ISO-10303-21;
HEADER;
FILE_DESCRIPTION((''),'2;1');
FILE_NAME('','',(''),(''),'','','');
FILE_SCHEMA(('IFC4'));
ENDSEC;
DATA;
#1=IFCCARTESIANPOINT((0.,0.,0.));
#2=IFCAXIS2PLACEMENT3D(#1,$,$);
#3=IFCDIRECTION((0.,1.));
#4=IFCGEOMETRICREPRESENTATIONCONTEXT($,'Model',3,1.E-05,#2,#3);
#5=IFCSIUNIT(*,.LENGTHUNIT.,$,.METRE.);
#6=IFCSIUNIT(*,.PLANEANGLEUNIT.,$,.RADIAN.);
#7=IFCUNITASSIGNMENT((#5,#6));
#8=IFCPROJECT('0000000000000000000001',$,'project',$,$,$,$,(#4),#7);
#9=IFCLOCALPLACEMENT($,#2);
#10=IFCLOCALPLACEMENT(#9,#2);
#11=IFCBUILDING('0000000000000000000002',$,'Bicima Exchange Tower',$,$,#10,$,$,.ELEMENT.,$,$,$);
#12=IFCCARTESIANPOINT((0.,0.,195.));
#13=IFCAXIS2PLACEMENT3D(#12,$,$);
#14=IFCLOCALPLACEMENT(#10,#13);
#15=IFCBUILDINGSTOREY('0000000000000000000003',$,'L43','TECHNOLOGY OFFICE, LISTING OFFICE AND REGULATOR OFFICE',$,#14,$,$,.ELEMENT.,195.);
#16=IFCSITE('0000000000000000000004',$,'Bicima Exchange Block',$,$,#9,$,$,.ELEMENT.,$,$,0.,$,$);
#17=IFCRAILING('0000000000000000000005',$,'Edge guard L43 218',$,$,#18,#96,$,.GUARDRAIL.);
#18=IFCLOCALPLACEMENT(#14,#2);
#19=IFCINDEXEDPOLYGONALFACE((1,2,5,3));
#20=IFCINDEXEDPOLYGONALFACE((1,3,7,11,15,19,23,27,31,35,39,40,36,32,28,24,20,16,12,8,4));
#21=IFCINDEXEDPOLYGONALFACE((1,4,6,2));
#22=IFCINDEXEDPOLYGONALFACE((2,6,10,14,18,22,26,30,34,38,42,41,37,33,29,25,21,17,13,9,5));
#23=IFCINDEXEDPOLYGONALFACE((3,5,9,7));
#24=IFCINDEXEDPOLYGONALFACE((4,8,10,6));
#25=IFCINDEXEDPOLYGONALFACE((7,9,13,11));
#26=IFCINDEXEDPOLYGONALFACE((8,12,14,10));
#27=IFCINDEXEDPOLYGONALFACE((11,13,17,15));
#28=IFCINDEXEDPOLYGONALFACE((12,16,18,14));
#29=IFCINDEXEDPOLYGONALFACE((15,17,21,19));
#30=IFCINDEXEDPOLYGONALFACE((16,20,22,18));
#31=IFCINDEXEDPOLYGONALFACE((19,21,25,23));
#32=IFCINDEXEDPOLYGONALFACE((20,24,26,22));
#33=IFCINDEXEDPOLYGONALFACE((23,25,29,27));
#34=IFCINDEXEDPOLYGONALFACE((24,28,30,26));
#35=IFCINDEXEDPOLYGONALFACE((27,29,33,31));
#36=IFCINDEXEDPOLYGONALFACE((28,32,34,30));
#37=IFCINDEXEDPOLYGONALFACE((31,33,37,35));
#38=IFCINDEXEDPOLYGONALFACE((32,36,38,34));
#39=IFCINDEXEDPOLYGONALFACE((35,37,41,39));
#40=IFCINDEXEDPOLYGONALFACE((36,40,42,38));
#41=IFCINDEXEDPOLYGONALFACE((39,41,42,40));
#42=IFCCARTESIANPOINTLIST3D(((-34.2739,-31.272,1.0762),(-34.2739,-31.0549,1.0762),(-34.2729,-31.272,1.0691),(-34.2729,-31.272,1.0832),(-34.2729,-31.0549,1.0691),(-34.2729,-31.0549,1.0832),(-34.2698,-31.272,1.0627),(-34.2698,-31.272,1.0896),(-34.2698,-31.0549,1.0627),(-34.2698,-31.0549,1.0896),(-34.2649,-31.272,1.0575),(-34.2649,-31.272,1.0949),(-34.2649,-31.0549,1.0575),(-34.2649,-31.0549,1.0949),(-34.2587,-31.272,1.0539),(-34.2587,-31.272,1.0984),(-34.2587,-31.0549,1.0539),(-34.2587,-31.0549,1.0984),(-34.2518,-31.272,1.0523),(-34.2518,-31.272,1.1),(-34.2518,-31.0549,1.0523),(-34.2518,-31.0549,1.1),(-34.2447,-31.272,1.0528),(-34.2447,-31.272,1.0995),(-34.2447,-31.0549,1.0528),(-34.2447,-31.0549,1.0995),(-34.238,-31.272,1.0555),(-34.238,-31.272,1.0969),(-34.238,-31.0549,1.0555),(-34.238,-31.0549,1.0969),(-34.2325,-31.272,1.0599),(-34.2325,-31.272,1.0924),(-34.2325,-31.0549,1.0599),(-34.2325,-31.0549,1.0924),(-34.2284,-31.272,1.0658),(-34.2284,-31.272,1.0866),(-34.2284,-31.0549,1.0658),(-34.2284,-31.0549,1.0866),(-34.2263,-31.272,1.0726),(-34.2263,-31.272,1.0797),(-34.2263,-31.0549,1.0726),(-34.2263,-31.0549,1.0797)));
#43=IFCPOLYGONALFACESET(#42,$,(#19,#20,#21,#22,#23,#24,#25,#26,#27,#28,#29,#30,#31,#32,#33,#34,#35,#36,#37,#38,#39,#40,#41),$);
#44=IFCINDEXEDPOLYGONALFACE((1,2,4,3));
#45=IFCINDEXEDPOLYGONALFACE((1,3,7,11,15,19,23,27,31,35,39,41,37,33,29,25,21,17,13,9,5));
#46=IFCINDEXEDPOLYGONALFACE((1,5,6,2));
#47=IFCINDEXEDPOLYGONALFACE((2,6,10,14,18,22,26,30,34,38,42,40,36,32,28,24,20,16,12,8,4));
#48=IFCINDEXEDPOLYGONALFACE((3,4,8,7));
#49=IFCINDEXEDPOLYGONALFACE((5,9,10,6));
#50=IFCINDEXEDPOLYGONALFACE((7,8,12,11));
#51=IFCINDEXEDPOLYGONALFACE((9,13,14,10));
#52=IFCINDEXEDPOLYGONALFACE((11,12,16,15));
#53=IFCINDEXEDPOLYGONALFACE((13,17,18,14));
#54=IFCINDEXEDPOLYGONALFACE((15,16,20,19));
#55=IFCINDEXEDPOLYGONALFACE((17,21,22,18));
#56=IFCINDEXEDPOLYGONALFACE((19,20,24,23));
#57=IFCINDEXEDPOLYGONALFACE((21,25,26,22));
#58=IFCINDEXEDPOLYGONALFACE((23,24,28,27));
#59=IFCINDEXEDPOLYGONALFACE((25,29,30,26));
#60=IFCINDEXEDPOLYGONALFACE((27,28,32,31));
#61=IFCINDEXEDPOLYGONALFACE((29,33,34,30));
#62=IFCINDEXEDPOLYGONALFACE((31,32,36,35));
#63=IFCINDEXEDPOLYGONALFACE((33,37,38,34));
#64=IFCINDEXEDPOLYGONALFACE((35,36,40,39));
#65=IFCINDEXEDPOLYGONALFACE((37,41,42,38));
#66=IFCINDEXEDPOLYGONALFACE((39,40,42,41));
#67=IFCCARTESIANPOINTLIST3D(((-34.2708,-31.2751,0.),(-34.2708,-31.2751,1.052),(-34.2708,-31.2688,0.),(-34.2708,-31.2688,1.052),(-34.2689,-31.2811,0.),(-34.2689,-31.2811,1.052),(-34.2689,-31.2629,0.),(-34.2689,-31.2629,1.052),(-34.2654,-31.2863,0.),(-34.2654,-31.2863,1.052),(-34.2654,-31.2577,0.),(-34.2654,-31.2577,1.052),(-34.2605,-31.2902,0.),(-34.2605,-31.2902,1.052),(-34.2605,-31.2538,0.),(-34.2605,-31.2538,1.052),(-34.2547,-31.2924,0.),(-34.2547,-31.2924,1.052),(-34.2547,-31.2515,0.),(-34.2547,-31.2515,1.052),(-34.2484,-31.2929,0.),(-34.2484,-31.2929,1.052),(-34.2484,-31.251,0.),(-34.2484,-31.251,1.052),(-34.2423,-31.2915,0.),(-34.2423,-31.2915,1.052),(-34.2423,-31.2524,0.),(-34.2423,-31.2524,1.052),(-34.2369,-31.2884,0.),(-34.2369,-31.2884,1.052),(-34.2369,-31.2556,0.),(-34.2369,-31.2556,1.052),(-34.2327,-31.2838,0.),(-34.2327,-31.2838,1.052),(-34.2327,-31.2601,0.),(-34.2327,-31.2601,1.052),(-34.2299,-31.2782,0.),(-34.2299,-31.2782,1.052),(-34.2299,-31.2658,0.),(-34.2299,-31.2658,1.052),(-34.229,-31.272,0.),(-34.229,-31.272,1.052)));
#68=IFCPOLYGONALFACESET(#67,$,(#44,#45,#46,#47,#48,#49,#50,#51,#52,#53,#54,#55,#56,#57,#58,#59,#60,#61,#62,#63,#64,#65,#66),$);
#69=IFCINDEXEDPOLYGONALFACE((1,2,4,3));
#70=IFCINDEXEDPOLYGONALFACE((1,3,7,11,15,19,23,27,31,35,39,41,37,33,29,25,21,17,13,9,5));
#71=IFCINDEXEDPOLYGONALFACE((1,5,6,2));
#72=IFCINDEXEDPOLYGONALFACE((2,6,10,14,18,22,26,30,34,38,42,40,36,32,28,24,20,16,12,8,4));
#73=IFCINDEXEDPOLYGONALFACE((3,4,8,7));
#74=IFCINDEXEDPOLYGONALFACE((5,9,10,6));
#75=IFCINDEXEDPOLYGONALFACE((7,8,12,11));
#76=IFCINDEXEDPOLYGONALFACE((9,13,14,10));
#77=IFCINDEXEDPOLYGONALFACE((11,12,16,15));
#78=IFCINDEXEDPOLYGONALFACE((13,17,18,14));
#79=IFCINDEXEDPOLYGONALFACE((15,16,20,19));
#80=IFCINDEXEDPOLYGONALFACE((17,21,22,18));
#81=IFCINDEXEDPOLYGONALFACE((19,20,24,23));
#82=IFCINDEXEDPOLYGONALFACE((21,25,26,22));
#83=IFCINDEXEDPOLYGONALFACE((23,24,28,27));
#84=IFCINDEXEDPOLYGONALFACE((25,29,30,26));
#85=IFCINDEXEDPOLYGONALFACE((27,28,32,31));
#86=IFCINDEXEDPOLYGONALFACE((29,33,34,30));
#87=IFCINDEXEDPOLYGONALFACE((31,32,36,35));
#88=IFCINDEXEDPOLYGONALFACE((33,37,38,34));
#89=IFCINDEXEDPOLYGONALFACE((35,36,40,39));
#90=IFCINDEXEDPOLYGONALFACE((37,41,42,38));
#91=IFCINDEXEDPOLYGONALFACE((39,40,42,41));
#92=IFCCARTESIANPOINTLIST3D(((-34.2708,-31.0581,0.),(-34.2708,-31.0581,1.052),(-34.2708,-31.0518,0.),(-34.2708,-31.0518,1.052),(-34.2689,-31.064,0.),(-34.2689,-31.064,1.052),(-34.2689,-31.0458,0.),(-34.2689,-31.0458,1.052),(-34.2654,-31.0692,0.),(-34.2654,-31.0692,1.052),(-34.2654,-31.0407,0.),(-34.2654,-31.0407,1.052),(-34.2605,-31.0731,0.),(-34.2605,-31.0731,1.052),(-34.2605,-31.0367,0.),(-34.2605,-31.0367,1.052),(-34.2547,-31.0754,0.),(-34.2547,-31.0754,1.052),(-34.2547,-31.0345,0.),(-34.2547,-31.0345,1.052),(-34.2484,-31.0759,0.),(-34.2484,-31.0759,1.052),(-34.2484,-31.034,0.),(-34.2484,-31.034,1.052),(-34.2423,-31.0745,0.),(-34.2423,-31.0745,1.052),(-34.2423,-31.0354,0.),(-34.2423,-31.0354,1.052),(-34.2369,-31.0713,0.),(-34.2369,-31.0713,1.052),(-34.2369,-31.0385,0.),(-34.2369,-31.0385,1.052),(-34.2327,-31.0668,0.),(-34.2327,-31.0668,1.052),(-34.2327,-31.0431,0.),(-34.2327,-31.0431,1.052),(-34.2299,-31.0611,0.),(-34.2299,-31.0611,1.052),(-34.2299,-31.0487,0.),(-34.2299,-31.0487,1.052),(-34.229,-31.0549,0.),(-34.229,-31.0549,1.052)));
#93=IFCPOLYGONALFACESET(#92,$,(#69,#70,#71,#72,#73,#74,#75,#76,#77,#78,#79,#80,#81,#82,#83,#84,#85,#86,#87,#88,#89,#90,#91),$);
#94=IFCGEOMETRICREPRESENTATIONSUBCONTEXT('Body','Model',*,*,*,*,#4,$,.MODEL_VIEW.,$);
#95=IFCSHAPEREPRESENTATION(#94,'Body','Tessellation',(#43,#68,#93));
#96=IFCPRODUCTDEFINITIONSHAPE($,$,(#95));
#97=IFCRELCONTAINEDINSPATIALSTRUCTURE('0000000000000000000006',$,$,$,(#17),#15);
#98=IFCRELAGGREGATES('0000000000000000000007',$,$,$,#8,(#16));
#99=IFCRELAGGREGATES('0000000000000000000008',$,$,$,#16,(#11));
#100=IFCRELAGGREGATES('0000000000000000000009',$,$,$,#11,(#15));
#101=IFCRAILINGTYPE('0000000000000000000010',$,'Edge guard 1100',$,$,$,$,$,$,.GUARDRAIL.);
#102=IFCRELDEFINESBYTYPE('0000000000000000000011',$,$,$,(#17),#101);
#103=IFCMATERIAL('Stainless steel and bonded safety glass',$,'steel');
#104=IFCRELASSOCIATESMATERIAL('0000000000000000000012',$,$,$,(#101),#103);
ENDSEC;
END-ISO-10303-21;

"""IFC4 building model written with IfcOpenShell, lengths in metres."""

from ifc_helpers import new_model, si_unit, direction, frame, origin, origin_2d, place, context, subcontext, project, spatial, circle, extrude, material, type_object, element, save


model = new_model("IFC4")

# Units and contexts
model_context = context("Model", 3, precision=1e-05, world=origin(), true_north=direction((0.0, 1.0)))
body_context = subcontext(model_context, "Body", "Model", "MODEL_VIEW")
ifc_project = project(units=[si_unit("LENGTHUNIT", "METRE"), si_unit("PLANEANGLEUNIT", "RADIAN")], contexts=[model_context])

# Site, building, storey
site_placement = place(None, origin())
site = spatial("IfcSite", under=ifc_project, at=site_placement, Name="Bicima Exchange Block", CompositionType="ELEMENT", RefElevation=0.0)
building_placement = place(site_placement, origin())
building = spatial("IfcBuilding", under=site, at=building_placement, Name="Bicima Exchange Tower", CompositionType="ELEMENT")
storey_placement = place(building_placement, frame((0.0, 0.0, 195.0)))
storey = spatial("IfcBuildingStorey", under=building, at=storey_placement, Name="L43", Description="TECHNOLOGY OFFICE, LISTING OFFICE AND REGULATOR OFFICE", CompositionType="ELEMENT", Elevation=195.0)

# Railing
ifc_material_1 = material(Name="Stainless steel and bonded safety glass", Category="steel")
railing_type = type_object("IfcRailingType", Name="Edge guard 1100", PredefinedType="GUARDRAIL", material=ifc_material_1)
railing_1_placement = place(storey_placement, frame((-34.25, -31.272, 0.0)))
element("IfcRailing", 1, at=railing_1_placement, inside=storey, type_object=railing_type, Name="Edge guard L43 218", PredefinedType="GUARDRAIL", context=body_context, shape_type="SweptSolid", body=[
    extrude(circle(Radius=0.0239, at=origin_2d()), frame((0.0, 0.0, 1.0762), z_axis=(0.0, 1.0, 0.0), x_axis=(-1.0, 0.0, 0.0)), (0.0, 0.0, 1.0), 0.217),
    extrude(circle(Radius=0.021, at=origin_2d()), origin(), (0.0, 0.0, 1.0), 1.052),
    extrude(circle(Radius=0.021, at=origin_2d()), frame((0.0, 0.217, 0.0)), (0.0, 0.0, 1.0), 1.052),
])

save(model, "model.ifc")
